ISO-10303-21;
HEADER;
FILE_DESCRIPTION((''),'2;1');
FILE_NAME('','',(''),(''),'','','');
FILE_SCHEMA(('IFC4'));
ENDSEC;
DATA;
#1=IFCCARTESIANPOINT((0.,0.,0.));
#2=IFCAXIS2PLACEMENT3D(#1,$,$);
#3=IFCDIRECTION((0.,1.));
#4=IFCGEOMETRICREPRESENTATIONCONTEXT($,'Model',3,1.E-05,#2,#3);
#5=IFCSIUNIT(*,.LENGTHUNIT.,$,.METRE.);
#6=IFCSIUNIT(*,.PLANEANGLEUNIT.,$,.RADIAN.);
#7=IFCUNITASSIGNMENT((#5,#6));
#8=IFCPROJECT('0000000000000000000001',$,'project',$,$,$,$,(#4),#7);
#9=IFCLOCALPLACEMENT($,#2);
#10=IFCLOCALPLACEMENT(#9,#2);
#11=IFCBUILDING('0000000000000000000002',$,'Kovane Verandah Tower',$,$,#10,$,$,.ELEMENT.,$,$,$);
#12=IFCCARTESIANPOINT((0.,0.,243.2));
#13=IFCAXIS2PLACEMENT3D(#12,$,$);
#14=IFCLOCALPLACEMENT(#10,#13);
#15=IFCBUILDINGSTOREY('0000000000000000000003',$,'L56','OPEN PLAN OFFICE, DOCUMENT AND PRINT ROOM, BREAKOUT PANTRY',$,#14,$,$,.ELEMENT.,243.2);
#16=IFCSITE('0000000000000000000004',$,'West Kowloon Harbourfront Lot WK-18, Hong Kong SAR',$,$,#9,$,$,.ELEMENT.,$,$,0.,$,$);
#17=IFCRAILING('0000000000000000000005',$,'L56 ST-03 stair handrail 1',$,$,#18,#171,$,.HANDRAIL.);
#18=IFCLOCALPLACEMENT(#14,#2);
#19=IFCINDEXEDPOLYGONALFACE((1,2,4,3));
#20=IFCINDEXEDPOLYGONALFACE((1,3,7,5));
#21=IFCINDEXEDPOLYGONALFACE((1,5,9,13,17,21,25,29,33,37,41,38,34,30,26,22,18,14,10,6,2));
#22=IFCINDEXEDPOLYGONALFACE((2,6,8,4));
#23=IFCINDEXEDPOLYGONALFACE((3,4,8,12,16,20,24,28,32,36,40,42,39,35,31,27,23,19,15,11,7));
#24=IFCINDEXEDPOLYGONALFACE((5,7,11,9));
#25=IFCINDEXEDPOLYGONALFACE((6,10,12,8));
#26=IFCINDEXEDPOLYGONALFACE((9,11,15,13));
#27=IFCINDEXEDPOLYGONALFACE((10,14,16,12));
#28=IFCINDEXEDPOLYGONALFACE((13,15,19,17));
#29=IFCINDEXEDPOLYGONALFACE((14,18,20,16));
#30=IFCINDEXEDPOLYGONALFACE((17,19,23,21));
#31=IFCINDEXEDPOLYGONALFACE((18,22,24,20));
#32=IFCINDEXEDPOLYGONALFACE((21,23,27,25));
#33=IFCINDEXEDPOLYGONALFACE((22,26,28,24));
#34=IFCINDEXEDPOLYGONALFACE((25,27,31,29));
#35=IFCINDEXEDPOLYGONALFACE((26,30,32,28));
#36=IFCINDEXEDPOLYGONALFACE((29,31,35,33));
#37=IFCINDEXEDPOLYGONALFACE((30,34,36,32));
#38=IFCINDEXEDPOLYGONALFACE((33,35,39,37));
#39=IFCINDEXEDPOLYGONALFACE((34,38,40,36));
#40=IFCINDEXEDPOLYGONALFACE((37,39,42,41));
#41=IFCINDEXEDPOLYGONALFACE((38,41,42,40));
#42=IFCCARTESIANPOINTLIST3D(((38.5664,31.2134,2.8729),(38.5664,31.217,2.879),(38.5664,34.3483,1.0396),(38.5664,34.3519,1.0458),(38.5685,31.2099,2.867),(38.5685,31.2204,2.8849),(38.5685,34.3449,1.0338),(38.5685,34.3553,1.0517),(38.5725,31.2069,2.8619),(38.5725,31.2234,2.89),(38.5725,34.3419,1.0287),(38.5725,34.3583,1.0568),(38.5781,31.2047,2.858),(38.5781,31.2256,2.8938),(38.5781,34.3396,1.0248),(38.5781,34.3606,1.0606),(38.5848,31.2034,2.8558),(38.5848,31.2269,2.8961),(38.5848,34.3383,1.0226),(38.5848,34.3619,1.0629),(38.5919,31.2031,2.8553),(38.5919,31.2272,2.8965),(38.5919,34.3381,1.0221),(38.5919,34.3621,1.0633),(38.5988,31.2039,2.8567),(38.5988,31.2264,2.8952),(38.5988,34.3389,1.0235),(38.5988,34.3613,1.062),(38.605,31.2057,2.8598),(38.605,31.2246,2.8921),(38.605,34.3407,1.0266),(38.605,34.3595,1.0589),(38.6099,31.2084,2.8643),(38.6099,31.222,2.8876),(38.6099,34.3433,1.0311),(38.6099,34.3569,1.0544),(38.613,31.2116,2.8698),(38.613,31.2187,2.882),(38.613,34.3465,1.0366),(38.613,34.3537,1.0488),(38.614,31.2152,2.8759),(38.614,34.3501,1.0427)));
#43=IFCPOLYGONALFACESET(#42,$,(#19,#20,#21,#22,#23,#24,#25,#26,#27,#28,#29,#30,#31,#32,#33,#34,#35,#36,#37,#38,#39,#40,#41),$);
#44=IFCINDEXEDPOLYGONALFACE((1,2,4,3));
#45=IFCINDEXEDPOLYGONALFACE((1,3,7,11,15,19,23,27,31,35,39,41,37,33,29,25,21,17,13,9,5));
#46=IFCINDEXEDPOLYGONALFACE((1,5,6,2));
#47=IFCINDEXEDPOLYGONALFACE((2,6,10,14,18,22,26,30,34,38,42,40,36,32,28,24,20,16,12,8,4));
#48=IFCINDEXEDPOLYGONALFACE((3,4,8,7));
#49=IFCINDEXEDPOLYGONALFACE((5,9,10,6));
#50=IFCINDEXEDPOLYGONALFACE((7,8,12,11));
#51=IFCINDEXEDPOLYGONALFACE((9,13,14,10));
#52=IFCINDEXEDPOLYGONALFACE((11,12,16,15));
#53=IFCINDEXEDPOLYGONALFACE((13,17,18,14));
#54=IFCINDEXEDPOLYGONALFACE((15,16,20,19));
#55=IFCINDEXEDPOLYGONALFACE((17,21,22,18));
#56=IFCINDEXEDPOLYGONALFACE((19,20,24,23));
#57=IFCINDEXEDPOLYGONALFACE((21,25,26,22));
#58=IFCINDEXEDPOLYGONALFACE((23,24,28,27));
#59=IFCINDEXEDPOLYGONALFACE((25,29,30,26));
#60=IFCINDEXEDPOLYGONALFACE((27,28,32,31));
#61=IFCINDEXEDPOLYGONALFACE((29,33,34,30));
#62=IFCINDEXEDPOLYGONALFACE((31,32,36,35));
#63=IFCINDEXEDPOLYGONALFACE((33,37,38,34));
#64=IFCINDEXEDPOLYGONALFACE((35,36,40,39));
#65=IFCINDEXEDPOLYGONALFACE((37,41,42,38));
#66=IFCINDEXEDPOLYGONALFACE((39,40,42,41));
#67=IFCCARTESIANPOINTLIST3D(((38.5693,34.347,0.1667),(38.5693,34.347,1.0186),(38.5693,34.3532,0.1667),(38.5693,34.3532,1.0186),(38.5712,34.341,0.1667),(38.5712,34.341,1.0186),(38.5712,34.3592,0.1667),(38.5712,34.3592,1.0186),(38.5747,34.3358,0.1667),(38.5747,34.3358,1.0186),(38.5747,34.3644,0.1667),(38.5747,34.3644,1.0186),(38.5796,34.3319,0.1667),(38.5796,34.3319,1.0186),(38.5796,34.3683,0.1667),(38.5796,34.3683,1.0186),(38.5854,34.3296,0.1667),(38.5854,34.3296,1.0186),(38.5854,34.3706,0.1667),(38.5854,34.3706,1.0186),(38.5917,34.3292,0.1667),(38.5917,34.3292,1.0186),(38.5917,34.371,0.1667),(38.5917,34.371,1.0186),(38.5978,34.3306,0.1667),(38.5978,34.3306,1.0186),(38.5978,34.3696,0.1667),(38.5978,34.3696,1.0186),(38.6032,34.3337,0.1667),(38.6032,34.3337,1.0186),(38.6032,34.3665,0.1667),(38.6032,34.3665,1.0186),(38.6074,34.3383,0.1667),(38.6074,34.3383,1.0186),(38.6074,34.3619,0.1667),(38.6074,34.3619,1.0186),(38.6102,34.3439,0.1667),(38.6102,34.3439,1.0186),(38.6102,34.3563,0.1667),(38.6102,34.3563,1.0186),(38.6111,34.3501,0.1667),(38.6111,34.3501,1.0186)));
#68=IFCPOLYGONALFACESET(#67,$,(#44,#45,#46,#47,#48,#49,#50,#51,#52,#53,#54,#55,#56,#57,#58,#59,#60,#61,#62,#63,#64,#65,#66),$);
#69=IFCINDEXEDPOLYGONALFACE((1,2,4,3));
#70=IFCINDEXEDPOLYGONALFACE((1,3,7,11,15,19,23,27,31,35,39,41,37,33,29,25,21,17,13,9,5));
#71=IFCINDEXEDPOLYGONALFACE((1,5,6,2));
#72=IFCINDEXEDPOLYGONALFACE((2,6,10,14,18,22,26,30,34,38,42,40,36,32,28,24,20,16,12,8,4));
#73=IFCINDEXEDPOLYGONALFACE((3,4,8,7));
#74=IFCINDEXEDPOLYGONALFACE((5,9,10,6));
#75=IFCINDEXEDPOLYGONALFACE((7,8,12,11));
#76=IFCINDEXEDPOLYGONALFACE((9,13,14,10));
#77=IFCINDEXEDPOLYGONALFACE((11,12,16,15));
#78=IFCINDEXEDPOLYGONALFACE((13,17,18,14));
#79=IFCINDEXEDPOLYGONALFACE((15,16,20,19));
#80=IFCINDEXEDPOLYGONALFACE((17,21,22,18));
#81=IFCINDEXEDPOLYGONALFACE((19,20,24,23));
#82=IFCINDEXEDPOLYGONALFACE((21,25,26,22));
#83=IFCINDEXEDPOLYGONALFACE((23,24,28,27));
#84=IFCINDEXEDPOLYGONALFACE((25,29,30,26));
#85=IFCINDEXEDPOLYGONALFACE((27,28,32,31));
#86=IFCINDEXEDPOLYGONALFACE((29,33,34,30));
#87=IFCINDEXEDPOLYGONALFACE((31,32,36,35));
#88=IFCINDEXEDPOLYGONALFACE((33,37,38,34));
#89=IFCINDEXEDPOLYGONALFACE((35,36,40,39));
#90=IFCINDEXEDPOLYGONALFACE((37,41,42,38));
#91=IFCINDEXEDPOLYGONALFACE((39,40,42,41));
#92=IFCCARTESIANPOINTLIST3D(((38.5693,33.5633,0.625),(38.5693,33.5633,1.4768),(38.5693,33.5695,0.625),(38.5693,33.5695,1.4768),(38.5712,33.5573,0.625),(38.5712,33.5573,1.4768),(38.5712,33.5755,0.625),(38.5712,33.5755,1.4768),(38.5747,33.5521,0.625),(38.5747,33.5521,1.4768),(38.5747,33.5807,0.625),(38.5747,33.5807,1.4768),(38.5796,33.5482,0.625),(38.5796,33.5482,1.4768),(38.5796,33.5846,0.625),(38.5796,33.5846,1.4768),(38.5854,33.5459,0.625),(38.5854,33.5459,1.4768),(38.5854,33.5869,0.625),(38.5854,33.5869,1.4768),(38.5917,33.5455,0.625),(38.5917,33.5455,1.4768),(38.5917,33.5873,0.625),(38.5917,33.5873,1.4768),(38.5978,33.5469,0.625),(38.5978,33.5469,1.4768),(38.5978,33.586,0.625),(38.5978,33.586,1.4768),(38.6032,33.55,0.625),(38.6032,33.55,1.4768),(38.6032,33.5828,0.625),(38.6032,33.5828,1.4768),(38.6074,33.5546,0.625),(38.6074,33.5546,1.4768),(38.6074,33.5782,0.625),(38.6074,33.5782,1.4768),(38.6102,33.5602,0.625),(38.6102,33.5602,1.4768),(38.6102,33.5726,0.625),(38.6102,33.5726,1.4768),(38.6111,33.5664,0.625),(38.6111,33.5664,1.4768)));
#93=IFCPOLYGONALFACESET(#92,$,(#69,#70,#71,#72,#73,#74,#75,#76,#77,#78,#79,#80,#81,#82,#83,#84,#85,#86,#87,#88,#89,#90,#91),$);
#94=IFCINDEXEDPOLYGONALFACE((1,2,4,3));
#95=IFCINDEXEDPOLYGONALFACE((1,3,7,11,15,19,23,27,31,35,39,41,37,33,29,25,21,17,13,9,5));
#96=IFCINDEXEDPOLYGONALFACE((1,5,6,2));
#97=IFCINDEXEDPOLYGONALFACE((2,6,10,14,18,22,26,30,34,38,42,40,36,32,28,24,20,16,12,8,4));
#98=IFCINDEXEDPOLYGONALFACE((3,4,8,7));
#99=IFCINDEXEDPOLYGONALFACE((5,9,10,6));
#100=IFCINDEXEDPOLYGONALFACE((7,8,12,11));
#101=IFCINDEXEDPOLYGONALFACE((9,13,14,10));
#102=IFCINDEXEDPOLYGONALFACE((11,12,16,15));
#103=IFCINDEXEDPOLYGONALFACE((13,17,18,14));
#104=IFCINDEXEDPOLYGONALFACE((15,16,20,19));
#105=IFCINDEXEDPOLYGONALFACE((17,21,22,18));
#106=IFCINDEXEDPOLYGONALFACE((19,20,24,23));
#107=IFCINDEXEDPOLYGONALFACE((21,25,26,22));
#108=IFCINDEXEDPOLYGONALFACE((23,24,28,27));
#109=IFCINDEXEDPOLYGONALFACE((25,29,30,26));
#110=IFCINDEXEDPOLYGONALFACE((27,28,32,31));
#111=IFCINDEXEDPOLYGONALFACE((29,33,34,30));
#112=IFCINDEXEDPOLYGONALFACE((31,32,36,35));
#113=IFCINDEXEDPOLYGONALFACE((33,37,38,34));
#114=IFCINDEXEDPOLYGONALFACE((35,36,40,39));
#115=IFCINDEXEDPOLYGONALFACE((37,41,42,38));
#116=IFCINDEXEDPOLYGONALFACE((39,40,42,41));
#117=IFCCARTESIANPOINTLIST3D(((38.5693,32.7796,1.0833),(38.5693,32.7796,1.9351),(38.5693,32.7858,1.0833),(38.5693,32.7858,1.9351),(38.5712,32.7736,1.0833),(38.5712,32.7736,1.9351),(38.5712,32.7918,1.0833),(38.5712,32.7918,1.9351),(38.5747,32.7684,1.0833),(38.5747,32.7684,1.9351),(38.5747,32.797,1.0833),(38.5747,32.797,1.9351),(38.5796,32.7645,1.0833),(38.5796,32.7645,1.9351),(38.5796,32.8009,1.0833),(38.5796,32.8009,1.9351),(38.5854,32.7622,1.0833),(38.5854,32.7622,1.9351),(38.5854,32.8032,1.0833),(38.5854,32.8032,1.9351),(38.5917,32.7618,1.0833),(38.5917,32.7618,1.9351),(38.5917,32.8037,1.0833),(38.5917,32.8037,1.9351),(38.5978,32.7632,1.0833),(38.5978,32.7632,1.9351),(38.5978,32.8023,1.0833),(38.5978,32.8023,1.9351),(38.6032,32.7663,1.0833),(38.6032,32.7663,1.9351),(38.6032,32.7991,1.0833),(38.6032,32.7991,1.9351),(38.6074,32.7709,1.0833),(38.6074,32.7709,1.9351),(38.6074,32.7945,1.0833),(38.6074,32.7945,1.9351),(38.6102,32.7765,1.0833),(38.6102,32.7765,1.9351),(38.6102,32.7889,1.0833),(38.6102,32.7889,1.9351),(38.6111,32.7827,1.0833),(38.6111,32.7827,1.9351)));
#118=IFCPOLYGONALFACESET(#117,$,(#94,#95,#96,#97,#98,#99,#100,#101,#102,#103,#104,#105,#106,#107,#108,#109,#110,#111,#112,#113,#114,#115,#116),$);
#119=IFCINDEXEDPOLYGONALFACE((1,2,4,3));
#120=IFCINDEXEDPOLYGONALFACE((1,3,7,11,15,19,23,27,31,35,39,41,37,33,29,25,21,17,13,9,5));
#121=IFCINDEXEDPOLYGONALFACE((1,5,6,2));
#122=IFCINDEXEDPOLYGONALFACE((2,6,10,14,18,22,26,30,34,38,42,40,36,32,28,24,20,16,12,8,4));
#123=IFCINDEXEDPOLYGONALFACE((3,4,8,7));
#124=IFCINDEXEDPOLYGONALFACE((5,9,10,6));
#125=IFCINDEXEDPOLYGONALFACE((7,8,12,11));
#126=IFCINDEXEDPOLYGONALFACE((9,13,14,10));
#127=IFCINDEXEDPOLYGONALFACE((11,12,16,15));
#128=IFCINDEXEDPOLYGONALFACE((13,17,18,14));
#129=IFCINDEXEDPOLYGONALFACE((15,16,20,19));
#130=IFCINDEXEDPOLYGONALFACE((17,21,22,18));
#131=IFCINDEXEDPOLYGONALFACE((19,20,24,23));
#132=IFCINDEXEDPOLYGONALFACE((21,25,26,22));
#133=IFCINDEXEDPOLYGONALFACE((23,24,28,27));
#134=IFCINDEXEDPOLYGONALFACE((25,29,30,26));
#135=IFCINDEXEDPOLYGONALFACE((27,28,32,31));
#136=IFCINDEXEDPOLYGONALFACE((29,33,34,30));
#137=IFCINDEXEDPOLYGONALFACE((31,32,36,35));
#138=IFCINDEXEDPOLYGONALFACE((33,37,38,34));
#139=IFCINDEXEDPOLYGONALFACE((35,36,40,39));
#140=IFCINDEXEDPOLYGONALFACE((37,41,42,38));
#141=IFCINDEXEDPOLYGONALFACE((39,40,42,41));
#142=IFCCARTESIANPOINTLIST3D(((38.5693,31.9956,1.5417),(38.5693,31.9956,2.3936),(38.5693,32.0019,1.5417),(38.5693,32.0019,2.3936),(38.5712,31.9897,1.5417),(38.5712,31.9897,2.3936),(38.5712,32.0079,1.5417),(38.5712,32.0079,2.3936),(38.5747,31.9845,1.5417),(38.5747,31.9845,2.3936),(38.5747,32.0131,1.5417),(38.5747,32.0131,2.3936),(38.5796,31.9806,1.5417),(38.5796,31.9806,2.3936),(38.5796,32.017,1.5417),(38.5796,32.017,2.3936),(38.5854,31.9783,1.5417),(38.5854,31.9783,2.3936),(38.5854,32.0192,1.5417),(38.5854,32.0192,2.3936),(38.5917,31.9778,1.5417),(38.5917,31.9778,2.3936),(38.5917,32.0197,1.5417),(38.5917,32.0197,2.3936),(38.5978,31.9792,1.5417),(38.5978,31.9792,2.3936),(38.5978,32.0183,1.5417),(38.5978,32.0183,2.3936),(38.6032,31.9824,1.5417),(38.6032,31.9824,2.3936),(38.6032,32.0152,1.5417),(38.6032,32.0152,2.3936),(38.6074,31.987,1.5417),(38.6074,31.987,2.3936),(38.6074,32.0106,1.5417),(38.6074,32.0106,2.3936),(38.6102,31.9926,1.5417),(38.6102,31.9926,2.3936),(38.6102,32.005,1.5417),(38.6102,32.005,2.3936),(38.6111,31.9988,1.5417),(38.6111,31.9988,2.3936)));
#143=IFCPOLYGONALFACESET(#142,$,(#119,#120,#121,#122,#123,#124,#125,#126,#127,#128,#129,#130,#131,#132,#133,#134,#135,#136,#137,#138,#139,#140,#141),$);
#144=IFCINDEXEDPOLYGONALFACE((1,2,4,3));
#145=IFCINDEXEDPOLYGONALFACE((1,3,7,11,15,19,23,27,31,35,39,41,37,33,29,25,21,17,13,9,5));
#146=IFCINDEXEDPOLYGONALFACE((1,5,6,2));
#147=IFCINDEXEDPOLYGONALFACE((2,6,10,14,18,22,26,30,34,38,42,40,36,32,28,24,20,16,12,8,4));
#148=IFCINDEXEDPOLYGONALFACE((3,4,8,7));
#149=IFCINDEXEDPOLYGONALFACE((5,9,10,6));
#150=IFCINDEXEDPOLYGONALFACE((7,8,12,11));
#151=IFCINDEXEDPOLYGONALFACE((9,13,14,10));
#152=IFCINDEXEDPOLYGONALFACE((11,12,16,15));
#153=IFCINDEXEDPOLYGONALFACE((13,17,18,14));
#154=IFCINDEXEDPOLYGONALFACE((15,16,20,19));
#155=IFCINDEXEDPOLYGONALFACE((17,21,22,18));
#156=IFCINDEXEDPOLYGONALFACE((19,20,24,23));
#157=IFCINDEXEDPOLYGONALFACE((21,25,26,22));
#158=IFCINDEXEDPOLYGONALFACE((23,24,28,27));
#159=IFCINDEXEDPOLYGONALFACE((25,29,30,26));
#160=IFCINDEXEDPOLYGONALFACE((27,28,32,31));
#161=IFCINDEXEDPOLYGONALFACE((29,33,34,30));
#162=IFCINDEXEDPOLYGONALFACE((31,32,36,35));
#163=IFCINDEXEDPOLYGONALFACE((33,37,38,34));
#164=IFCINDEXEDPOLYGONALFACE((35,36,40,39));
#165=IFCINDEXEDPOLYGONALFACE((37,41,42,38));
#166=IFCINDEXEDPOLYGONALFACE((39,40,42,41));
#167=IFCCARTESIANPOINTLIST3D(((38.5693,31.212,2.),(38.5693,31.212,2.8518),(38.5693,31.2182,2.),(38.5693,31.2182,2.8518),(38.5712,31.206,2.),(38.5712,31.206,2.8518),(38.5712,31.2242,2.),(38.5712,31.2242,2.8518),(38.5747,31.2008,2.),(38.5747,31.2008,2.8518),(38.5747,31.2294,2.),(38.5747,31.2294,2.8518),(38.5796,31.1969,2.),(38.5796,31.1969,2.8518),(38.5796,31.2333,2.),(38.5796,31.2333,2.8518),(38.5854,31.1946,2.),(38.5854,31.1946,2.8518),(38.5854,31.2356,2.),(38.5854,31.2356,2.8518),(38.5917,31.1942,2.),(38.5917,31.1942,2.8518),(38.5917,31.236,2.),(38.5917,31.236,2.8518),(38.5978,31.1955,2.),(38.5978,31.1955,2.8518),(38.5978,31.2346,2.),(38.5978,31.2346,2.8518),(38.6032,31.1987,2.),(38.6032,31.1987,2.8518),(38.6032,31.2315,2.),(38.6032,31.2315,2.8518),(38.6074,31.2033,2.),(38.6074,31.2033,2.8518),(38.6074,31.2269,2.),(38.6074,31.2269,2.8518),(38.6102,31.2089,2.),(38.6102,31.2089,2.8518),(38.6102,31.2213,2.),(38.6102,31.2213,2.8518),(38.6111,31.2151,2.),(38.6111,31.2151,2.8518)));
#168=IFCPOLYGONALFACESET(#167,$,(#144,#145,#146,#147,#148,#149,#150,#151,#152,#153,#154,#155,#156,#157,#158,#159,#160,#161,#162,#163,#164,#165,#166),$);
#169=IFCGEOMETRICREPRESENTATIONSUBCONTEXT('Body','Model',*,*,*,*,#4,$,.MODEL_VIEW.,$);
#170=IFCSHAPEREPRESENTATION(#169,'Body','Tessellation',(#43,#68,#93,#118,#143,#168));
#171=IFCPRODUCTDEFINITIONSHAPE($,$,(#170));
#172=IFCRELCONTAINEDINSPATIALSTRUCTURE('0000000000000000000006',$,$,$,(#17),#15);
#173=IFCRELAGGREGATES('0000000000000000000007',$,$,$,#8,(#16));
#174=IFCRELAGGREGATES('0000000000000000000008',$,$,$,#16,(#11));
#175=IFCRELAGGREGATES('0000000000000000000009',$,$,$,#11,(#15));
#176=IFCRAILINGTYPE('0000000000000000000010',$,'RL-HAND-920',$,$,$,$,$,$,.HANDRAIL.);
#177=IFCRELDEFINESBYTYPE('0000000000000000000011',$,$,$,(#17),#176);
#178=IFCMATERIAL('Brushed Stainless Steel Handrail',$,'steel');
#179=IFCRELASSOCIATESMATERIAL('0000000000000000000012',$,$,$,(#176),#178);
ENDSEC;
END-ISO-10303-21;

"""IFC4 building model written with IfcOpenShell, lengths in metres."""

from ifc_helpers import new_model, si_unit, direction, frame, origin, origin_2d, place, context, subcontext, project, spatial, circle, extrude, material, type_object, element, save


model = new_model("IFC4")

# Units and contexts
model_context = context("Model", 3, precision=1e-05, world=origin(), true_north=direction((0.0, 1.0)))
body_context = subcontext(model_context, "Body", "Model", "MODEL_VIEW")
ifc_project = project(units=[si_unit("LENGTHUNIT", "METRE"), si_unit("PLANEANGLEUNIT", "RADIAN")], contexts=[model_context])

# Site, building, storey
site_placement = place(None, origin())
site = spatial("IfcSite", under=ifc_project, at=site_placement, Name="West Kowloon Harbourfront Lot WK-18, Hong Kong SAR", CompositionType="ELEMENT", RefElevation=0.0)
building_placement = place(site_placement, origin())
building = spatial("IfcBuilding", under=site, at=building_placement, Name="Kovane Verandah Tower", CompositionType="ELEMENT")
storey_placement = place(building_placement, frame((0.0, 0.0, 243.2)))
storey = spatial("IfcBuildingStorey", under=building, at=storey_placement, Name="L56", Description="OPEN PLAN OFFICE, DOCUMENT AND PRINT ROOM, BREAKOUT PANTRY", CompositionType="ELEMENT", Elevation=243.2)

# Railing
ifc_material_1 = material(Name="Brushed Stainless Steel Handrail", Category="steel")
railing_type_1 = type_object("IfcRailingType", Name="RL-HAND-920", PredefinedType="HANDRAIL", material=ifc_material_1)
railing_1_placement = place(storey_placement, frame((38.5901, 34.3501, 0.1667)))
element("IfcRailing", 1, at=railing_1_placement, inside=storey, type_object=railing_type_1, Name="L56 ST-03 stair handrail 1", PredefinedType="HANDRAIL", context=body_context, shape_type="SweptSolid", body=[
    extrude(circle(Radius=0.0239, at=origin_2d()), frame((0.0, 0.0, 0.876), z_axis=(0.0, -0.86324, 0.504794), x_axis=(1.0, 0.0, 0.0)), (0.0, 0.0, 1.0), 3.6316),
    extrude(circle(Radius=0.021, at=origin_2d()), origin(), (0.0, 0.0, 1.0), 0.8518),
    extrude(circle(Radius=0.021, at=origin_2d()), frame((0.0, -0.7837, 0.4583)), (0.0, 0.0, 1.0), 0.8518),
    extrude(circle(Radius=0.021, at=origin_2d()), frame((0.0, -1.5674, 0.9165)), (0.0, 0.0, 1.0), 0.8518),
    extrude(circle(Radius=0.021, at=origin_2d()), frame((0.0, -2.3513, 1.375)), (0.0, 0.0, 1.0), 0.8518),
    extrude(circle(Radius=0.021, at=origin_2d()), frame((0.0, -3.135, 1.8333)), (0.0, 0.0, 1.0), 0.8518),
])

save(model, "model.ifc")
